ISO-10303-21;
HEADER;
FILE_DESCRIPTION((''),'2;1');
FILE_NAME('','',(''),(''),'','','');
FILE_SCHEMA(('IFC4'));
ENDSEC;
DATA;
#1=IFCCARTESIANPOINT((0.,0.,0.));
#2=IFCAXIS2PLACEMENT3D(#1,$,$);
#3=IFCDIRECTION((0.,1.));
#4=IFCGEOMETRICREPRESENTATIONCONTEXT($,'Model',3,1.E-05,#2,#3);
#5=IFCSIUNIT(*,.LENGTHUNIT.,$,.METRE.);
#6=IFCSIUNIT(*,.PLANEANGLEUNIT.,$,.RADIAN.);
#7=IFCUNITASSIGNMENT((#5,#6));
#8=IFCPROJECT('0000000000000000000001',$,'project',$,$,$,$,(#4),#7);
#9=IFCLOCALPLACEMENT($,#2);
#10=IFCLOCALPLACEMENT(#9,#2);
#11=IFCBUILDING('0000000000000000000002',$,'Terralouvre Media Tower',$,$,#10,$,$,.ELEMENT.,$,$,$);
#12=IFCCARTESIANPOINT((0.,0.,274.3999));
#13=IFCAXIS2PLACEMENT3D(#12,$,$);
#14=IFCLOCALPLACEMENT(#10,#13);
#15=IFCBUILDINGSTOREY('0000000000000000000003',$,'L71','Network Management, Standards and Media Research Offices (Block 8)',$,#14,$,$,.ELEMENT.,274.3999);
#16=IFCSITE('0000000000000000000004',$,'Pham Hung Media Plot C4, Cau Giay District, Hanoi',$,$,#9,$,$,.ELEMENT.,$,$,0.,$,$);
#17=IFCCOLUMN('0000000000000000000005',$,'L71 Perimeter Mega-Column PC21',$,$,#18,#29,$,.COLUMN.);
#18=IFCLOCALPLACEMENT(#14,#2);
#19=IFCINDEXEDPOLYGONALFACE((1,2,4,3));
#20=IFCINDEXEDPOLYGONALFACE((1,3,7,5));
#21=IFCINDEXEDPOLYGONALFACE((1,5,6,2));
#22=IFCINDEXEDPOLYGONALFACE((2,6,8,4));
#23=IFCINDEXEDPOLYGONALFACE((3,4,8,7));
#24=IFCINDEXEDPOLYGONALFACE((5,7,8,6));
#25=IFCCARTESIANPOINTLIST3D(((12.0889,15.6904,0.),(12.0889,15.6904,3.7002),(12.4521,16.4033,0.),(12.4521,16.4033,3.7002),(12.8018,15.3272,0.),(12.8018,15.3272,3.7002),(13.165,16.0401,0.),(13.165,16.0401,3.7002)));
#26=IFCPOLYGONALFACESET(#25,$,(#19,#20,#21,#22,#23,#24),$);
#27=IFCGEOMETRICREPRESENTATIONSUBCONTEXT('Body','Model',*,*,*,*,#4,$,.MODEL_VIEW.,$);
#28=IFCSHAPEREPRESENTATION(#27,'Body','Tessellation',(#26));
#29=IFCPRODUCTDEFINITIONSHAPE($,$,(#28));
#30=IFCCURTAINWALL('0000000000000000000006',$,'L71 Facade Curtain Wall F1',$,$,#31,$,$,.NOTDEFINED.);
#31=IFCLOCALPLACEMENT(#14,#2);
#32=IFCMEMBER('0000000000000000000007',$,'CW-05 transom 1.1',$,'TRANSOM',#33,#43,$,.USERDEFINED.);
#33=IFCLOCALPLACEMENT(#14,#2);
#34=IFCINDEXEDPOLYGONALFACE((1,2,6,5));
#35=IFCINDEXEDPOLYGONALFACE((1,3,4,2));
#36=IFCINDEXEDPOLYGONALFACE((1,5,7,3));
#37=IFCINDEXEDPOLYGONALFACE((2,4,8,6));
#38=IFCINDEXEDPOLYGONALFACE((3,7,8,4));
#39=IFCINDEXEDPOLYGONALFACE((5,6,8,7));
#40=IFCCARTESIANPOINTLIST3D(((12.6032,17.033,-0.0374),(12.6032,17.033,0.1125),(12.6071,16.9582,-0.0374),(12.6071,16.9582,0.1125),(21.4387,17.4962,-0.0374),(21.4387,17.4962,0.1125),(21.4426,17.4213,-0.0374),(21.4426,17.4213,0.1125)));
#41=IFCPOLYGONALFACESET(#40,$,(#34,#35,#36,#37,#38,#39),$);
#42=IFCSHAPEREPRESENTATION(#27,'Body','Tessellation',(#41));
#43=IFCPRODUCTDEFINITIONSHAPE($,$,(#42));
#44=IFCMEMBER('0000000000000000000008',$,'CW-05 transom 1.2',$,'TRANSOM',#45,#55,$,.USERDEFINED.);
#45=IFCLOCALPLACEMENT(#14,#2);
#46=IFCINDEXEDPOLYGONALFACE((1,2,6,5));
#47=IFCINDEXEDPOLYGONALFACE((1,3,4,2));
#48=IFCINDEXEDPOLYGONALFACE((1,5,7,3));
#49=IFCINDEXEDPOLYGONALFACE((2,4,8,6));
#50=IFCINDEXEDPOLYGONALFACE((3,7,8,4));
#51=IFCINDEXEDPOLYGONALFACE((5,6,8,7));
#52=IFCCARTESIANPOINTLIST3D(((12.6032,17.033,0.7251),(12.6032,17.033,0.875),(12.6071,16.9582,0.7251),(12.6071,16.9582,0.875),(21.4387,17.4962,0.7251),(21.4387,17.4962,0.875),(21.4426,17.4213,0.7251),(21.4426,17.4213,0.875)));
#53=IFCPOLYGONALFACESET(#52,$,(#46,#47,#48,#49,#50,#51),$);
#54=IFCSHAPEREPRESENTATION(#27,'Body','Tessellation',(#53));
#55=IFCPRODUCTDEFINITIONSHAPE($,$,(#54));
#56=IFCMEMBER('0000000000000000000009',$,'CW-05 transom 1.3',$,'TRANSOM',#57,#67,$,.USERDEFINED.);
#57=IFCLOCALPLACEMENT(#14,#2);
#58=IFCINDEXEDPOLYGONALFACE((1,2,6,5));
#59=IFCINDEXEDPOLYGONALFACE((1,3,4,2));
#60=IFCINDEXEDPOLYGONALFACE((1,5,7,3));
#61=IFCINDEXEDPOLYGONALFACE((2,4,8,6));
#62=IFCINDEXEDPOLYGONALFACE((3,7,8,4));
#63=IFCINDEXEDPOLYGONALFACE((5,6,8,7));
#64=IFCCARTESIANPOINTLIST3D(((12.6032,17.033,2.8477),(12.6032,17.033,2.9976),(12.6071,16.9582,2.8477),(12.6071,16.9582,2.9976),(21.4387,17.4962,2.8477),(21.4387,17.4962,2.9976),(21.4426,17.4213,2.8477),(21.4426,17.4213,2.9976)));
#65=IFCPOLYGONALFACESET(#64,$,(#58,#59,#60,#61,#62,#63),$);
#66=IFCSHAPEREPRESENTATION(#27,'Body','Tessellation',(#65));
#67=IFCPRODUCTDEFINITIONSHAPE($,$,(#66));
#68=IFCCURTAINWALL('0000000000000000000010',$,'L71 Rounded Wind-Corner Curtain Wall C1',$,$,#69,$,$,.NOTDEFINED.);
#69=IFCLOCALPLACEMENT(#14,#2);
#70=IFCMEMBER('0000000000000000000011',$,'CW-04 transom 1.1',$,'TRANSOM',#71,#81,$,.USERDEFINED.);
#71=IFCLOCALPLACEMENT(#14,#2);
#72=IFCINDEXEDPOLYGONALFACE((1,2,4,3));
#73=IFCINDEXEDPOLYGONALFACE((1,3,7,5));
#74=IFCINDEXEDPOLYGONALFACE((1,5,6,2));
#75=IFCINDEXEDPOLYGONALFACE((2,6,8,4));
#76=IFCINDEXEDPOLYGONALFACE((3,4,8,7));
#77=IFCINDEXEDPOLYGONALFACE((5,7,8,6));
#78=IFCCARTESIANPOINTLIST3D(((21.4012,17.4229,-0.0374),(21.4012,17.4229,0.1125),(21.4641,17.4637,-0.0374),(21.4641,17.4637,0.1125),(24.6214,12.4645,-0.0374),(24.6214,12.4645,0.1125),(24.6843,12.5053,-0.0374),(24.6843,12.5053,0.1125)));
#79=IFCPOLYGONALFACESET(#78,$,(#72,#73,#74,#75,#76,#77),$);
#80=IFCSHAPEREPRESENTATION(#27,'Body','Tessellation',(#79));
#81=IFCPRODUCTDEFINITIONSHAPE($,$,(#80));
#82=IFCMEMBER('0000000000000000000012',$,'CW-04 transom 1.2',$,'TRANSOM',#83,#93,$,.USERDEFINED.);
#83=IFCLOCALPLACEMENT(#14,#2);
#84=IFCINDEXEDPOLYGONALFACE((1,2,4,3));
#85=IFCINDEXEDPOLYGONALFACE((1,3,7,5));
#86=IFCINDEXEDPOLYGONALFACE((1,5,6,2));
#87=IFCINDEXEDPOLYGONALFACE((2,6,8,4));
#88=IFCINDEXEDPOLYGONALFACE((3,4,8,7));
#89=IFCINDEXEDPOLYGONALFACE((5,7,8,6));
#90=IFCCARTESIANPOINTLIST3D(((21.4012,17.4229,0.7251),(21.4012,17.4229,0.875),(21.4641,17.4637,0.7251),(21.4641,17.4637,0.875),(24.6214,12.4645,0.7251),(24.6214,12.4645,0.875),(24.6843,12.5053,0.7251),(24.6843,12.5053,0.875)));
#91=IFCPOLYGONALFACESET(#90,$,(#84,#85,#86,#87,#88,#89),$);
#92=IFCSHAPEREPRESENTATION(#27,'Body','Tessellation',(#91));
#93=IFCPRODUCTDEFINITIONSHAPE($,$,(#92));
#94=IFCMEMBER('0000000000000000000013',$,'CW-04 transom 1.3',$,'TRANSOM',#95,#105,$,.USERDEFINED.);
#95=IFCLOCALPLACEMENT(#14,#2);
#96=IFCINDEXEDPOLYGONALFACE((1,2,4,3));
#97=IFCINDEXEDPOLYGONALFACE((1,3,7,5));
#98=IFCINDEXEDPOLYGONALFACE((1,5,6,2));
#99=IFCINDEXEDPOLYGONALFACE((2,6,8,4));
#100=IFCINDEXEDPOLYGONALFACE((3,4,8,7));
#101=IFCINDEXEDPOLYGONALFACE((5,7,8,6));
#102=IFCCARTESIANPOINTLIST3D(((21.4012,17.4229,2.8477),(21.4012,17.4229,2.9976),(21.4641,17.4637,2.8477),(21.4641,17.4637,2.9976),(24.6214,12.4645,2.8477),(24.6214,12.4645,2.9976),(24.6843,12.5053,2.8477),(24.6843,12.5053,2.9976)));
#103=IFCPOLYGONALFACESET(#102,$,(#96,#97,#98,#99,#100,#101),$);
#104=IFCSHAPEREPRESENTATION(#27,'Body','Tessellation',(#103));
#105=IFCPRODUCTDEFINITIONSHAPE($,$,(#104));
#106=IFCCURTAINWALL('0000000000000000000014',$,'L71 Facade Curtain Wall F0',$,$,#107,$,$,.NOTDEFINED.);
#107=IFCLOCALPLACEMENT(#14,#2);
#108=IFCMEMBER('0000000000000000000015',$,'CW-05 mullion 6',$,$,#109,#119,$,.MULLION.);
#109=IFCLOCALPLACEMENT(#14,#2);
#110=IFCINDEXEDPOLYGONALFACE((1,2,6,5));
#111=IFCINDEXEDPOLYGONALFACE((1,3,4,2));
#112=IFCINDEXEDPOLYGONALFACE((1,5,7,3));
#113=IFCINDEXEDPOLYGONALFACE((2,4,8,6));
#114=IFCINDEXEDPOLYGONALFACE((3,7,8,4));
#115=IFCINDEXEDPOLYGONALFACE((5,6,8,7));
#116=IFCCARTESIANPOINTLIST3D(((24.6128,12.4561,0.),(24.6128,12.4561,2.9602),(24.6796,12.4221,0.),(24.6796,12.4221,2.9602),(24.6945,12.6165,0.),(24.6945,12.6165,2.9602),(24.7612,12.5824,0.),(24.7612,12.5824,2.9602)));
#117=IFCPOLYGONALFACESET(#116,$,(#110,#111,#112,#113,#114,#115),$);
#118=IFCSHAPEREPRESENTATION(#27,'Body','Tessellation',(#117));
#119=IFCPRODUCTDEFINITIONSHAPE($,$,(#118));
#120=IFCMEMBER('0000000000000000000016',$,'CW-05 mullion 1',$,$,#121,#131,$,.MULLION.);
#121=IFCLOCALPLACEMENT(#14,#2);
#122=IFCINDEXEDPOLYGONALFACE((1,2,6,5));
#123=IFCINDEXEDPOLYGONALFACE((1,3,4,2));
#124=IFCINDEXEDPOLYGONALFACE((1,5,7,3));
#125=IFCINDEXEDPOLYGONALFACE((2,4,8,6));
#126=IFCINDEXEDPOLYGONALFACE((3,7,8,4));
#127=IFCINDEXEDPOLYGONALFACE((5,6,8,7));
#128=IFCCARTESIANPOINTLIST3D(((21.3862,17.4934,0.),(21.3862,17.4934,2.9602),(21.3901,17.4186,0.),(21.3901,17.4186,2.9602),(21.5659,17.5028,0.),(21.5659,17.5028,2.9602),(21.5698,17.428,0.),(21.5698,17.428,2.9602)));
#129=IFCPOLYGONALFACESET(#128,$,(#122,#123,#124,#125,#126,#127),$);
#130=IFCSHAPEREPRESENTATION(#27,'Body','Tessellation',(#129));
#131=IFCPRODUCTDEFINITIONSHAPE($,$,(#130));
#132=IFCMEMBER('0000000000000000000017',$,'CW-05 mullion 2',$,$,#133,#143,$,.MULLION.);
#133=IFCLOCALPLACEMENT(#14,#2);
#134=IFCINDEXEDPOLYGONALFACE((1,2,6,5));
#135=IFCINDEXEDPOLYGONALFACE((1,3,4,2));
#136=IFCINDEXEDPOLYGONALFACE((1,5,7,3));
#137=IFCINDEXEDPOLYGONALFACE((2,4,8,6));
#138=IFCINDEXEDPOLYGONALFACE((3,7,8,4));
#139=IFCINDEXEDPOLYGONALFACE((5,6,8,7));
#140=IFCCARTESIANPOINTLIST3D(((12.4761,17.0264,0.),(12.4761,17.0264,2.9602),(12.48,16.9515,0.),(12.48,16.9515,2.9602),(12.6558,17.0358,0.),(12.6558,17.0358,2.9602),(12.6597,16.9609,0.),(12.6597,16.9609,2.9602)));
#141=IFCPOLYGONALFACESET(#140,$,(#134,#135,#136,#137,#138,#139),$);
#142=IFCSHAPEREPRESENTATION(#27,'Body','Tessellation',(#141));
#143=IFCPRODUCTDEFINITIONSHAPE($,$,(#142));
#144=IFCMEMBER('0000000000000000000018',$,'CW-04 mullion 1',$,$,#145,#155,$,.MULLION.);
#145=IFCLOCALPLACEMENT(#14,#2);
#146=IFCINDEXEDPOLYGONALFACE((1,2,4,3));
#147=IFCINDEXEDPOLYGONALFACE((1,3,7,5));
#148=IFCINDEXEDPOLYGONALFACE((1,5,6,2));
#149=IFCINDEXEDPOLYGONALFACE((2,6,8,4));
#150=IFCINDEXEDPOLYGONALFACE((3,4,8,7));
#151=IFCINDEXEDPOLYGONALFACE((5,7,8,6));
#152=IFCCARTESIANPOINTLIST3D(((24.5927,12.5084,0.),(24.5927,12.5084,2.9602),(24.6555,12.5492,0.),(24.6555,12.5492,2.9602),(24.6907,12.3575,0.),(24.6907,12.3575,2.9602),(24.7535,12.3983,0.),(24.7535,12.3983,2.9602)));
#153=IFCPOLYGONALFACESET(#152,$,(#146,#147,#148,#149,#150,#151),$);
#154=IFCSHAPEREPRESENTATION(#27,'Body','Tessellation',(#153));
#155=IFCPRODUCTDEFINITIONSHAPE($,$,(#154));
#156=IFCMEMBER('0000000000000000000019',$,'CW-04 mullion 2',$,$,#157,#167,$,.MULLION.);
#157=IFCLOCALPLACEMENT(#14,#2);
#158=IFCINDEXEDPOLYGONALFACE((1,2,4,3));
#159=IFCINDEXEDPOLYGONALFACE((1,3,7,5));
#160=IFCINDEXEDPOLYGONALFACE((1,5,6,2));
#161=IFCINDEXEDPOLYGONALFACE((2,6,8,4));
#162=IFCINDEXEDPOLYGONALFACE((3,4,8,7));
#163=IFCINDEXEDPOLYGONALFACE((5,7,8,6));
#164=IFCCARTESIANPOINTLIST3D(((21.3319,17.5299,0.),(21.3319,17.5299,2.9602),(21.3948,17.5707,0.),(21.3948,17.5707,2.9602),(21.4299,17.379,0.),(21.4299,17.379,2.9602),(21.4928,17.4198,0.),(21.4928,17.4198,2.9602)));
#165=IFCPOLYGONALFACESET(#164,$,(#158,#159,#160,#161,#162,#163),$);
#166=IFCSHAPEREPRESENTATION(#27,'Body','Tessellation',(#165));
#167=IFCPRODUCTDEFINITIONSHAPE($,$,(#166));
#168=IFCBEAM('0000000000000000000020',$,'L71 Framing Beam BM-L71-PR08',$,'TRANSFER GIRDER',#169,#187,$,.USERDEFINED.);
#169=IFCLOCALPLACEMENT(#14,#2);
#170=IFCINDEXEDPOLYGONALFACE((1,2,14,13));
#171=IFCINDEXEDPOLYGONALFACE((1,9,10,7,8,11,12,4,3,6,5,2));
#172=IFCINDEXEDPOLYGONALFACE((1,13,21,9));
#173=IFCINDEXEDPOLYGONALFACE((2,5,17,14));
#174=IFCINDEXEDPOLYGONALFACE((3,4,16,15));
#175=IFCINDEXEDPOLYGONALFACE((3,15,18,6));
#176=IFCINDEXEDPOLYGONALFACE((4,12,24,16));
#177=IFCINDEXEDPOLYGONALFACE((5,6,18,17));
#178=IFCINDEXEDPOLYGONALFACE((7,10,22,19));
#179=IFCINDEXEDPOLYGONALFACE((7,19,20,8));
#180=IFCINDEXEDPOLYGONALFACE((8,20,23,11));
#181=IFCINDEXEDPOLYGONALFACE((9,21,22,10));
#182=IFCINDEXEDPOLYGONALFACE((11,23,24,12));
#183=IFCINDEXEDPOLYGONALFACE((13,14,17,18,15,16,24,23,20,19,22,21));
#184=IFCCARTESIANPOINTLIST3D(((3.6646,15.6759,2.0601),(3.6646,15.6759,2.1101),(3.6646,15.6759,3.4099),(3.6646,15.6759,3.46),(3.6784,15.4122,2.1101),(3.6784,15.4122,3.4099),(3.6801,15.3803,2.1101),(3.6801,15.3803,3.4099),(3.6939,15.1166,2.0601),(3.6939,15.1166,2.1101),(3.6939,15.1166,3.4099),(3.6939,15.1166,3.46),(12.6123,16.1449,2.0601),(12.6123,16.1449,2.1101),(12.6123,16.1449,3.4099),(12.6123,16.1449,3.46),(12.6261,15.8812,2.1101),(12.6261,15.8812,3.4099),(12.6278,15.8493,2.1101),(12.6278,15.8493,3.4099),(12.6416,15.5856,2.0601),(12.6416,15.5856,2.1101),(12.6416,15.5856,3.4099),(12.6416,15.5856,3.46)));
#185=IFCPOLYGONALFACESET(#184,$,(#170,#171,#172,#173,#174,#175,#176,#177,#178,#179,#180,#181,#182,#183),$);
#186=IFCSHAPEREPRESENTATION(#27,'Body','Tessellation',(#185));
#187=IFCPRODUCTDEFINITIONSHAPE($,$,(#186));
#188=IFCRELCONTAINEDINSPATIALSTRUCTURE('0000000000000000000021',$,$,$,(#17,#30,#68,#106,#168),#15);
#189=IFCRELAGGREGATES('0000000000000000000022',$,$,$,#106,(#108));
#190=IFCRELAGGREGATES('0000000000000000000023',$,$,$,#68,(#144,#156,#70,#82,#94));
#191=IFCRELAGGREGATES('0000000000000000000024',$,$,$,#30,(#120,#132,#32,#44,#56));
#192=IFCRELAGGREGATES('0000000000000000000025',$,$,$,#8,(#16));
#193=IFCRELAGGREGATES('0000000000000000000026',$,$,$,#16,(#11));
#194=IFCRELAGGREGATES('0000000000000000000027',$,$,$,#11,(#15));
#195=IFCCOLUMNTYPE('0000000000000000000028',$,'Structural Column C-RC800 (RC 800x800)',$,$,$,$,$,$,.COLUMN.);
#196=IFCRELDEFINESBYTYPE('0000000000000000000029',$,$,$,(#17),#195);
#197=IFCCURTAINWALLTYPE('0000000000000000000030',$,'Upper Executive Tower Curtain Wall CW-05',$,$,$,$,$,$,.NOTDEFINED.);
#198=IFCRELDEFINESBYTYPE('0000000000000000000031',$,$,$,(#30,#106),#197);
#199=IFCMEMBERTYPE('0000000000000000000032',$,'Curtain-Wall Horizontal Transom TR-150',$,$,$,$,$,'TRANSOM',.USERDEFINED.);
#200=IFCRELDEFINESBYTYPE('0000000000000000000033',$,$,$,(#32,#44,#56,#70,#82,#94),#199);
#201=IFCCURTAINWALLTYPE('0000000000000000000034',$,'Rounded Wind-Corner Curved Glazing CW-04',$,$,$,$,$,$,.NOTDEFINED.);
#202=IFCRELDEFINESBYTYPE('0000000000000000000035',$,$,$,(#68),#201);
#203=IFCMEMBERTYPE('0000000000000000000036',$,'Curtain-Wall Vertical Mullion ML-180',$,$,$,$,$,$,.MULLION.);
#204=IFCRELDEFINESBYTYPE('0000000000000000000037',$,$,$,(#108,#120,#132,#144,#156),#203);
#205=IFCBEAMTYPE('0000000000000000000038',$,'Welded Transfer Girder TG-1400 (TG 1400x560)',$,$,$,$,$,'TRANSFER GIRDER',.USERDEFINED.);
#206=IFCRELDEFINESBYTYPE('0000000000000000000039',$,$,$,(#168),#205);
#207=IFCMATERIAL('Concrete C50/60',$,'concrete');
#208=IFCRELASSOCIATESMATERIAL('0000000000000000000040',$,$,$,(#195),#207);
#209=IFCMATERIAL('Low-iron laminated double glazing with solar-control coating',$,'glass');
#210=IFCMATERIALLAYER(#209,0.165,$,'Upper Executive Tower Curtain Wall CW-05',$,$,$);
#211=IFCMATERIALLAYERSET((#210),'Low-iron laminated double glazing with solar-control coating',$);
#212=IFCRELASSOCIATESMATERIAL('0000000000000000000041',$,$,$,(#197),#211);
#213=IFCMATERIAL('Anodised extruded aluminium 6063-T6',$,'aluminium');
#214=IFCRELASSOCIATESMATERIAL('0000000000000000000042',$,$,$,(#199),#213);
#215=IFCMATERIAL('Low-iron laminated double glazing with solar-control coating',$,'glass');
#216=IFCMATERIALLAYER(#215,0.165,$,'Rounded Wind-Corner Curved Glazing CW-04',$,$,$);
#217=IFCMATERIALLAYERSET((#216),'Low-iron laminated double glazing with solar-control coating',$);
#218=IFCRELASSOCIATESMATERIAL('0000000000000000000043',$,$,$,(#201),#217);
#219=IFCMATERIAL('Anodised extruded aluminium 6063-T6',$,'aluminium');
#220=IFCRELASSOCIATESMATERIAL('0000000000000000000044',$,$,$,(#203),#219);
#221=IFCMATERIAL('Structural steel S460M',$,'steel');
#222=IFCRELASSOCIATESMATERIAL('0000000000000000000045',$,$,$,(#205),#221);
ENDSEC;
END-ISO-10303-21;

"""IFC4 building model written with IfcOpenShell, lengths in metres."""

from ifc_helpers import new_model, si_unit, direction, frame, origin, origin_2d, place, context, subcontext, project, spatial, rectangle, i_section, extrude, material, layer, layer_set, material_profile, profile_set, type_object, element, aggregate, save


model = new_model("IFC4")

# Units and contexts
model_context = context("Model", 3, precision=1e-05, world=origin(), true_north=direction((0.0, 1.0)))
body_context = subcontext(model_context, "Body", "Model", "MODEL_VIEW")
ifc_project = project(units=[si_unit("LENGTHUNIT", "METRE"), si_unit("PLANEANGLEUNIT", "RADIAN")], contexts=[model_context])

# Site, building, storey
site_placement = place(None, origin())
site = spatial("IfcSite", under=ifc_project, at=site_placement, Name="Pham Hung Media Plot C4, Cau Giay District, Hanoi", CompositionType="ELEMENT", RefElevation=0.0)
building_placement = place(site_placement, origin())
building = spatial("IfcBuilding", under=site, at=building_placement, Name="Terralouvre Media Tower", CompositionType="ELEMENT")
storey_placement = place(building_placement, frame((0.0, 0.0, 274.3999)))
storey = spatial("IfcBuildingStorey", under=building, at=storey_placement, Name="L71", Description="Network Management, Standards and Media Research Offices (Block 8)", CompositionType="ELEMENT", Elevation=274.3999)

# Column
ifc_material_1 = material(Name="Concrete C50/60", Category="concrete")
ifc_material_profile_1 = material_profile(ifc_material_1, rectangle(XDim=0.8, YDim=0.8, at=origin_2d()), Name="RC 800x800")
ifc_profile_set_1 = profile_set([ifc_material_profile_1], Name="Concrete C50/60")
column_type = type_object("IfcColumnType", Name="Structural Column C-RC800 (RC 800x800)", PredefinedType="COLUMN", material=ifc_profile_set_1)
column_placement = place(storey_placement, frame((12.627, 15.8652, 0.0), z_axis=(0.0, 0.0, 1.0), x_axis=(0.45399, 0.891007, 0.0)))
element("IfcColumn", 1, at=column_placement, inside=storey, type_object=column_type, Name="L71 Perimeter Mega-Column PC21", PredefinedType="COLUMN", context=body_context, shape_type="SweptSolid", body=[
    extrude(rectangle(XDim=0.8, YDim=0.8, at=origin_2d()), origin(), (0.0, 0.0, 1.0), 3.7002),
])

# Curtain walls, members
ifc_material_2 = material(Name="Low-iron laminated double glazing with solar-control coating", Category="glass")
ifc_layer_1 = layer(ifc_material_2, 0.165, Name="Upper Executive Tower Curtain Wall CW-05")
ifc_layer_set_1 = layer_set([ifc_layer_1], Name="Low-iron laminated double glazing with solar-control coating")
curtain_wall_type_1 = type_object("IfcCurtainWallType", Name="Upper Executive Tower Curtain Wall CW-05", PredefinedType="NOTDEFINED", material=ifc_layer_set_1)
curtain_wall_1_placement = place(storey_placement, origin())
curtain_wall_1 = element("IfcCurtainWall", 2, at=curtain_wall_1_placement, inside=storey, type_object=curtain_wall_type_1, Name="L71 Facade Curtain Wall F1", PredefinedType="NOTDEFINED")
ifc_material_3 = material(Name="Anodised extruded aluminium 6063-T6", Category="aluminium")
ifc_material_profile_2 = material_profile(ifc_material_3, rectangle(XDim=0.075, YDim=0.1499, at=origin_2d()), Name="ALU 75x150")
ifc_profile_set_2 = profile_set([ifc_material_profile_2], Name="Anodised extruded aluminium 6063-T6")
member_type_1 = type_object("IfcMemberType", Name="Curtain-Wall Horizontal Transom TR-150", ElementType="TRANSOM", PredefinedType="USERDEFINED", material=ifc_profile_set_2)
member_1_placement = place(storey_placement, frame((21.4407, 17.4587, 0.0376), z_axis=(-0.998629, -0.052346, 0.0), x_axis=(0.052346, -0.998629, 0.0)))
member_1 = element("IfcMember", 3, at=member_1_placement, type_object=member_type_1, Name="CW-05 transom 1.1", ObjectType="TRANSOM", PredefinedType="USERDEFINED", context=body_context, shape_type="SweptSolid", body=[
    extrude(rectangle(XDim=0.075, YDim=0.1499, at=origin_2d()), origin(), (0.0, 0.0, 1.0), 8.8477),
])
member_2_placement = place(storey_placement, frame((21.4407, 17.4587, 0.8), z_axis=(-0.998629, -0.052346, 0.0), x_axis=(0.052346, -0.998629, 0.0)))
member_2 = element("IfcMember", 4, at=member_2_placement, type_object=member_type_1, Name="CW-05 transom 1.2", ObjectType="TRANSOM", PredefinedType="USERDEFINED", context=body_context, shape_type="SweptSolid", body=[
    extrude(rectangle(XDim=0.075, YDim=0.1499, at=origin_2d()), origin(), (0.0, 0.0, 1.0), 8.8477),
])
member_3_placement = place(storey_placement, frame((21.4407, 17.4587, 2.9226), z_axis=(-0.998629, -0.052346, 0.0), x_axis=(0.052346, -0.998629, 0.0)))
member_3 = element("IfcMember", 5, at=member_3_placement, type_object=member_type_1, Name="CW-05 transom 1.3", ObjectType="TRANSOM", PredefinedType="USERDEFINED", context=body_context, shape_type="SweptSolid", body=[
    extrude(rectangle(XDim=0.075, YDim=0.1499, at=origin_2d()), origin(), (0.0, 0.0, 1.0), 8.8477),
])
ifc_material_4 = material(Name="Low-iron laminated double glazing with solar-control coating", Category="glass")
ifc_layer_2 = layer(ifc_material_4, 0.165, Name="Rounded Wind-Corner Curved Glazing CW-04")
ifc_layer_set_2 = layer_set([ifc_layer_2], Name="Low-iron laminated double glazing with solar-control coating")
curtain_wall_type_2 = type_object("IfcCurtainWallType", Name="Rounded Wind-Corner Curved Glazing CW-04", PredefinedType="NOTDEFINED", material=ifc_layer_set_2)
curtain_wall_2_placement = place(storey_placement, origin())
curtain_wall_2 = element("IfcCurtainWall", 6, at=curtain_wall_2_placement, inside=storey, type_object=curtain_wall_type_2, Name="L71 Rounded Wind-Corner Curtain Wall C1", PredefinedType="NOTDEFINED")
member_4_placement = place(storey_placement, frame((24.6528, 12.4849, 0.0376), z_axis=(-0.544654, 0.838661, 0.0), x_axis=(-0.838661, -0.544654, 0.0)))
member_4 = element("IfcMember", 7, at=member_4_placement, type_object=member_type_1, Name="CW-04 transom 1.1", ObjectType="TRANSOM", PredefinedType="USERDEFINED", context=body_context, shape_type="SweptSolid", body=[
    extrude(rectangle(XDim=0.075, YDim=0.1499, at=origin_2d()), origin(), (0.0, 0.0, 1.0), 5.9124),
])
member_5_placement = place(storey_placement, frame((24.6528, 12.4849, 0.8), z_axis=(-0.544654, 0.838661, 0.0), x_axis=(-0.838661, -0.544654, 0.0)))
member_5 = element("IfcMember", 8, at=member_5_placement, type_object=member_type_1, Name="CW-04 transom 1.2", ObjectType="TRANSOM", PredefinedType="USERDEFINED", context=body_context, shape_type="SweptSolid", body=[
    extrude(rectangle(XDim=0.075, YDim=0.1499, at=origin_2d()), origin(), (0.0, 0.0, 1.0), 5.9124),
])
member_6_placement = place(storey_placement, frame((24.6528, 12.4849, 2.9226), z_axis=(-0.544654, 0.838661, 0.0), x_axis=(-0.838661, -0.544654, 0.0)))
member_6 = element("IfcMember", 9, at=member_6_placement, type_object=member_type_1, Name="CW-04 transom 1.3", ObjectType="TRANSOM", PredefinedType="USERDEFINED", context=body_context, shape_type="SweptSolid", body=[
    extrude(rectangle(XDim=0.075, YDim=0.1499, at=origin_2d()), origin(), (0.0, 0.0, 1.0), 5.9124),
])

# Curtain wall, member
curtain_wall_3_placement = place(storey_placement, origin())
curtain_wall_3 = element("IfcCurtainWall", 10, at=curtain_wall_3_placement, inside=storey, type_object=curtain_wall_type_1, Name="L71 Facade Curtain Wall F0", PredefinedType="NOTDEFINED")
ifc_material_5 = material(Name="Anodised extruded aluminium 6063-T6", Category="aluminium")
ifc_material_profile_3 = material_profile(ifc_material_5, rectangle(XDim=0.075, YDim=0.1799, at=origin_2d()), Name="ALU 75x180")
ifc_profile_set_3 = profile_set([ifc_material_profile_3], Name="Anodised extruded aluminium 6063-T6")
member_type_2 = type_object("IfcMemberType", Name="Curtain-Wall Vertical Mullion ML-180", PredefinedType="MULLION", material=ifc_profile_set_3)
member_7_placement = place(storey_placement, frame((24.687, 12.5193, 0.0), z_axis=(0.0, 0.0, 1.0), x_axis=(-0.891007, 0.45399, 0.0)))
member_7 = element("IfcMember", 11, at=member_7_placement, type_object=member_type_2, Name="CW-05 mullion 6", PredefinedType="MULLION", context=body_context, shape_type="SweptSolid", body=[
    extrude(rectangle(XDim=0.075, YDim=0.1799, at=origin_2d()), origin(), (0.0, 0.0, 1.0), 2.9602),
])
aggregate(curtain_wall_3, [member_7])

# Members
member_8_placement = place(storey_placement, frame((21.478, 17.4607, 0.0), z_axis=(0.0, 0.0, 1.0), x_axis=(0.052336, -0.99863, 0.0)))
member_8 = element("IfcMember", 12, at=member_8_placement, type_object=member_type_2, Name="CW-05 mullion 1", PredefinedType="MULLION", context=body_context, shape_type="SweptSolid", body=[
    extrude(rectangle(XDim=0.075, YDim=0.1799, at=origin_2d()), origin(), (0.0, 0.0, 1.0), 2.9602),
])
member_9_placement = place(storey_placement, frame((12.5679, 16.9937, 0.0), z_axis=(0.0, 0.0, 1.0), x_axis=(0.052336, -0.99863, 0.0)))
member_9 = element("IfcMember", 13, at=member_9_placement, type_object=member_type_2, Name="CW-05 mullion 2", PredefinedType="MULLION", context=body_context, shape_type="SweptSolid", body=[
    extrude(rectangle(XDim=0.075, YDim=0.1799, at=origin_2d()), origin(), (0.0, 0.0, 1.0), 2.9602),
])
member_10_placement = place(storey_placement, frame((24.6731, 12.4534, 0.0), z_axis=(0.0, 0.0, 1.0), x_axis=(-0.83867, -0.544639, 0.0)))
member_10 = element("IfcMember", 14, at=member_10_placement, type_object=member_type_2, Name="CW-04 mullion 1", PredefinedType="MULLION", context=body_context, shape_type="SweptSolid", body=[
    extrude(rectangle(XDim=0.075, YDim=0.1799, at=origin_2d()), origin(), (0.0, 0.0, 1.0), 2.9602),
])
member_11_placement = place(storey_placement, frame((21.4124, 17.4749, 0.0), z_axis=(0.0, 0.0, 1.0), x_axis=(-0.83867, -0.544639, 0.0)))
member_11 = element("IfcMember", 15, at=member_11_placement, type_object=member_type_2, Name="CW-04 mullion 2", PredefinedType="MULLION", context=body_context, shape_type="SweptSolid", body=[
    extrude(rectangle(XDim=0.075, YDim=0.1799, at=origin_2d()), origin(), (0.0, 0.0, 1.0), 2.9602),
])

# Beam
ifc_material_6 = material(Name="Structural steel S460M", Category="steel")
ifc_material_profile_4 = material_profile(ifc_material_6, i_section(OverallWidth=0.5601, OverallDepth=1.3999, WebThickness=0.032, FlangeThickness=0.05, at=origin_2d()), Name="TG 1400x560")
ifc_profile_set_4 = profile_set([ifc_material_profile_4], Name="Structural steel S460M")
beam_type = type_object("IfcBeamType", Name="Welded Transfer Girder TG-1400 (TG 1400x560)", ElementType="TRANSFER GIRDER", PredefinedType="USERDEFINED", material=ifc_profile_set_4)
beam_placement = place(storey_placement, frame((12.627, 15.8652, 2.76), z_axis=(-0.998629, -0.052343, 0.0), x_axis=(0.052343, -0.998629, 0.0)))
element("IfcBeam", 16, at=beam_placement, inside=storey, type_object=beam_type, Name="L71 Framing Beam BM-L71-PR08", ObjectType="TRANSFER GIRDER", PredefinedType="USERDEFINED", context=body_context, shape_type="SweptSolid", body=[
    extrude(i_section(OverallWidth=0.5601, OverallDepth=1.3999, WebThickness=0.032, FlangeThickness=0.05, at=origin_2d()), origin(), (0.0, 0.0, 1.0), 8.96),
])

aggregate(curtain_wall_2, [member_10, member_11, member_4, member_5, member_6])
aggregate(curtain_wall_1, [member_8, member_9, member_1, member_2, member_3])

save(model, "model.ifc")
